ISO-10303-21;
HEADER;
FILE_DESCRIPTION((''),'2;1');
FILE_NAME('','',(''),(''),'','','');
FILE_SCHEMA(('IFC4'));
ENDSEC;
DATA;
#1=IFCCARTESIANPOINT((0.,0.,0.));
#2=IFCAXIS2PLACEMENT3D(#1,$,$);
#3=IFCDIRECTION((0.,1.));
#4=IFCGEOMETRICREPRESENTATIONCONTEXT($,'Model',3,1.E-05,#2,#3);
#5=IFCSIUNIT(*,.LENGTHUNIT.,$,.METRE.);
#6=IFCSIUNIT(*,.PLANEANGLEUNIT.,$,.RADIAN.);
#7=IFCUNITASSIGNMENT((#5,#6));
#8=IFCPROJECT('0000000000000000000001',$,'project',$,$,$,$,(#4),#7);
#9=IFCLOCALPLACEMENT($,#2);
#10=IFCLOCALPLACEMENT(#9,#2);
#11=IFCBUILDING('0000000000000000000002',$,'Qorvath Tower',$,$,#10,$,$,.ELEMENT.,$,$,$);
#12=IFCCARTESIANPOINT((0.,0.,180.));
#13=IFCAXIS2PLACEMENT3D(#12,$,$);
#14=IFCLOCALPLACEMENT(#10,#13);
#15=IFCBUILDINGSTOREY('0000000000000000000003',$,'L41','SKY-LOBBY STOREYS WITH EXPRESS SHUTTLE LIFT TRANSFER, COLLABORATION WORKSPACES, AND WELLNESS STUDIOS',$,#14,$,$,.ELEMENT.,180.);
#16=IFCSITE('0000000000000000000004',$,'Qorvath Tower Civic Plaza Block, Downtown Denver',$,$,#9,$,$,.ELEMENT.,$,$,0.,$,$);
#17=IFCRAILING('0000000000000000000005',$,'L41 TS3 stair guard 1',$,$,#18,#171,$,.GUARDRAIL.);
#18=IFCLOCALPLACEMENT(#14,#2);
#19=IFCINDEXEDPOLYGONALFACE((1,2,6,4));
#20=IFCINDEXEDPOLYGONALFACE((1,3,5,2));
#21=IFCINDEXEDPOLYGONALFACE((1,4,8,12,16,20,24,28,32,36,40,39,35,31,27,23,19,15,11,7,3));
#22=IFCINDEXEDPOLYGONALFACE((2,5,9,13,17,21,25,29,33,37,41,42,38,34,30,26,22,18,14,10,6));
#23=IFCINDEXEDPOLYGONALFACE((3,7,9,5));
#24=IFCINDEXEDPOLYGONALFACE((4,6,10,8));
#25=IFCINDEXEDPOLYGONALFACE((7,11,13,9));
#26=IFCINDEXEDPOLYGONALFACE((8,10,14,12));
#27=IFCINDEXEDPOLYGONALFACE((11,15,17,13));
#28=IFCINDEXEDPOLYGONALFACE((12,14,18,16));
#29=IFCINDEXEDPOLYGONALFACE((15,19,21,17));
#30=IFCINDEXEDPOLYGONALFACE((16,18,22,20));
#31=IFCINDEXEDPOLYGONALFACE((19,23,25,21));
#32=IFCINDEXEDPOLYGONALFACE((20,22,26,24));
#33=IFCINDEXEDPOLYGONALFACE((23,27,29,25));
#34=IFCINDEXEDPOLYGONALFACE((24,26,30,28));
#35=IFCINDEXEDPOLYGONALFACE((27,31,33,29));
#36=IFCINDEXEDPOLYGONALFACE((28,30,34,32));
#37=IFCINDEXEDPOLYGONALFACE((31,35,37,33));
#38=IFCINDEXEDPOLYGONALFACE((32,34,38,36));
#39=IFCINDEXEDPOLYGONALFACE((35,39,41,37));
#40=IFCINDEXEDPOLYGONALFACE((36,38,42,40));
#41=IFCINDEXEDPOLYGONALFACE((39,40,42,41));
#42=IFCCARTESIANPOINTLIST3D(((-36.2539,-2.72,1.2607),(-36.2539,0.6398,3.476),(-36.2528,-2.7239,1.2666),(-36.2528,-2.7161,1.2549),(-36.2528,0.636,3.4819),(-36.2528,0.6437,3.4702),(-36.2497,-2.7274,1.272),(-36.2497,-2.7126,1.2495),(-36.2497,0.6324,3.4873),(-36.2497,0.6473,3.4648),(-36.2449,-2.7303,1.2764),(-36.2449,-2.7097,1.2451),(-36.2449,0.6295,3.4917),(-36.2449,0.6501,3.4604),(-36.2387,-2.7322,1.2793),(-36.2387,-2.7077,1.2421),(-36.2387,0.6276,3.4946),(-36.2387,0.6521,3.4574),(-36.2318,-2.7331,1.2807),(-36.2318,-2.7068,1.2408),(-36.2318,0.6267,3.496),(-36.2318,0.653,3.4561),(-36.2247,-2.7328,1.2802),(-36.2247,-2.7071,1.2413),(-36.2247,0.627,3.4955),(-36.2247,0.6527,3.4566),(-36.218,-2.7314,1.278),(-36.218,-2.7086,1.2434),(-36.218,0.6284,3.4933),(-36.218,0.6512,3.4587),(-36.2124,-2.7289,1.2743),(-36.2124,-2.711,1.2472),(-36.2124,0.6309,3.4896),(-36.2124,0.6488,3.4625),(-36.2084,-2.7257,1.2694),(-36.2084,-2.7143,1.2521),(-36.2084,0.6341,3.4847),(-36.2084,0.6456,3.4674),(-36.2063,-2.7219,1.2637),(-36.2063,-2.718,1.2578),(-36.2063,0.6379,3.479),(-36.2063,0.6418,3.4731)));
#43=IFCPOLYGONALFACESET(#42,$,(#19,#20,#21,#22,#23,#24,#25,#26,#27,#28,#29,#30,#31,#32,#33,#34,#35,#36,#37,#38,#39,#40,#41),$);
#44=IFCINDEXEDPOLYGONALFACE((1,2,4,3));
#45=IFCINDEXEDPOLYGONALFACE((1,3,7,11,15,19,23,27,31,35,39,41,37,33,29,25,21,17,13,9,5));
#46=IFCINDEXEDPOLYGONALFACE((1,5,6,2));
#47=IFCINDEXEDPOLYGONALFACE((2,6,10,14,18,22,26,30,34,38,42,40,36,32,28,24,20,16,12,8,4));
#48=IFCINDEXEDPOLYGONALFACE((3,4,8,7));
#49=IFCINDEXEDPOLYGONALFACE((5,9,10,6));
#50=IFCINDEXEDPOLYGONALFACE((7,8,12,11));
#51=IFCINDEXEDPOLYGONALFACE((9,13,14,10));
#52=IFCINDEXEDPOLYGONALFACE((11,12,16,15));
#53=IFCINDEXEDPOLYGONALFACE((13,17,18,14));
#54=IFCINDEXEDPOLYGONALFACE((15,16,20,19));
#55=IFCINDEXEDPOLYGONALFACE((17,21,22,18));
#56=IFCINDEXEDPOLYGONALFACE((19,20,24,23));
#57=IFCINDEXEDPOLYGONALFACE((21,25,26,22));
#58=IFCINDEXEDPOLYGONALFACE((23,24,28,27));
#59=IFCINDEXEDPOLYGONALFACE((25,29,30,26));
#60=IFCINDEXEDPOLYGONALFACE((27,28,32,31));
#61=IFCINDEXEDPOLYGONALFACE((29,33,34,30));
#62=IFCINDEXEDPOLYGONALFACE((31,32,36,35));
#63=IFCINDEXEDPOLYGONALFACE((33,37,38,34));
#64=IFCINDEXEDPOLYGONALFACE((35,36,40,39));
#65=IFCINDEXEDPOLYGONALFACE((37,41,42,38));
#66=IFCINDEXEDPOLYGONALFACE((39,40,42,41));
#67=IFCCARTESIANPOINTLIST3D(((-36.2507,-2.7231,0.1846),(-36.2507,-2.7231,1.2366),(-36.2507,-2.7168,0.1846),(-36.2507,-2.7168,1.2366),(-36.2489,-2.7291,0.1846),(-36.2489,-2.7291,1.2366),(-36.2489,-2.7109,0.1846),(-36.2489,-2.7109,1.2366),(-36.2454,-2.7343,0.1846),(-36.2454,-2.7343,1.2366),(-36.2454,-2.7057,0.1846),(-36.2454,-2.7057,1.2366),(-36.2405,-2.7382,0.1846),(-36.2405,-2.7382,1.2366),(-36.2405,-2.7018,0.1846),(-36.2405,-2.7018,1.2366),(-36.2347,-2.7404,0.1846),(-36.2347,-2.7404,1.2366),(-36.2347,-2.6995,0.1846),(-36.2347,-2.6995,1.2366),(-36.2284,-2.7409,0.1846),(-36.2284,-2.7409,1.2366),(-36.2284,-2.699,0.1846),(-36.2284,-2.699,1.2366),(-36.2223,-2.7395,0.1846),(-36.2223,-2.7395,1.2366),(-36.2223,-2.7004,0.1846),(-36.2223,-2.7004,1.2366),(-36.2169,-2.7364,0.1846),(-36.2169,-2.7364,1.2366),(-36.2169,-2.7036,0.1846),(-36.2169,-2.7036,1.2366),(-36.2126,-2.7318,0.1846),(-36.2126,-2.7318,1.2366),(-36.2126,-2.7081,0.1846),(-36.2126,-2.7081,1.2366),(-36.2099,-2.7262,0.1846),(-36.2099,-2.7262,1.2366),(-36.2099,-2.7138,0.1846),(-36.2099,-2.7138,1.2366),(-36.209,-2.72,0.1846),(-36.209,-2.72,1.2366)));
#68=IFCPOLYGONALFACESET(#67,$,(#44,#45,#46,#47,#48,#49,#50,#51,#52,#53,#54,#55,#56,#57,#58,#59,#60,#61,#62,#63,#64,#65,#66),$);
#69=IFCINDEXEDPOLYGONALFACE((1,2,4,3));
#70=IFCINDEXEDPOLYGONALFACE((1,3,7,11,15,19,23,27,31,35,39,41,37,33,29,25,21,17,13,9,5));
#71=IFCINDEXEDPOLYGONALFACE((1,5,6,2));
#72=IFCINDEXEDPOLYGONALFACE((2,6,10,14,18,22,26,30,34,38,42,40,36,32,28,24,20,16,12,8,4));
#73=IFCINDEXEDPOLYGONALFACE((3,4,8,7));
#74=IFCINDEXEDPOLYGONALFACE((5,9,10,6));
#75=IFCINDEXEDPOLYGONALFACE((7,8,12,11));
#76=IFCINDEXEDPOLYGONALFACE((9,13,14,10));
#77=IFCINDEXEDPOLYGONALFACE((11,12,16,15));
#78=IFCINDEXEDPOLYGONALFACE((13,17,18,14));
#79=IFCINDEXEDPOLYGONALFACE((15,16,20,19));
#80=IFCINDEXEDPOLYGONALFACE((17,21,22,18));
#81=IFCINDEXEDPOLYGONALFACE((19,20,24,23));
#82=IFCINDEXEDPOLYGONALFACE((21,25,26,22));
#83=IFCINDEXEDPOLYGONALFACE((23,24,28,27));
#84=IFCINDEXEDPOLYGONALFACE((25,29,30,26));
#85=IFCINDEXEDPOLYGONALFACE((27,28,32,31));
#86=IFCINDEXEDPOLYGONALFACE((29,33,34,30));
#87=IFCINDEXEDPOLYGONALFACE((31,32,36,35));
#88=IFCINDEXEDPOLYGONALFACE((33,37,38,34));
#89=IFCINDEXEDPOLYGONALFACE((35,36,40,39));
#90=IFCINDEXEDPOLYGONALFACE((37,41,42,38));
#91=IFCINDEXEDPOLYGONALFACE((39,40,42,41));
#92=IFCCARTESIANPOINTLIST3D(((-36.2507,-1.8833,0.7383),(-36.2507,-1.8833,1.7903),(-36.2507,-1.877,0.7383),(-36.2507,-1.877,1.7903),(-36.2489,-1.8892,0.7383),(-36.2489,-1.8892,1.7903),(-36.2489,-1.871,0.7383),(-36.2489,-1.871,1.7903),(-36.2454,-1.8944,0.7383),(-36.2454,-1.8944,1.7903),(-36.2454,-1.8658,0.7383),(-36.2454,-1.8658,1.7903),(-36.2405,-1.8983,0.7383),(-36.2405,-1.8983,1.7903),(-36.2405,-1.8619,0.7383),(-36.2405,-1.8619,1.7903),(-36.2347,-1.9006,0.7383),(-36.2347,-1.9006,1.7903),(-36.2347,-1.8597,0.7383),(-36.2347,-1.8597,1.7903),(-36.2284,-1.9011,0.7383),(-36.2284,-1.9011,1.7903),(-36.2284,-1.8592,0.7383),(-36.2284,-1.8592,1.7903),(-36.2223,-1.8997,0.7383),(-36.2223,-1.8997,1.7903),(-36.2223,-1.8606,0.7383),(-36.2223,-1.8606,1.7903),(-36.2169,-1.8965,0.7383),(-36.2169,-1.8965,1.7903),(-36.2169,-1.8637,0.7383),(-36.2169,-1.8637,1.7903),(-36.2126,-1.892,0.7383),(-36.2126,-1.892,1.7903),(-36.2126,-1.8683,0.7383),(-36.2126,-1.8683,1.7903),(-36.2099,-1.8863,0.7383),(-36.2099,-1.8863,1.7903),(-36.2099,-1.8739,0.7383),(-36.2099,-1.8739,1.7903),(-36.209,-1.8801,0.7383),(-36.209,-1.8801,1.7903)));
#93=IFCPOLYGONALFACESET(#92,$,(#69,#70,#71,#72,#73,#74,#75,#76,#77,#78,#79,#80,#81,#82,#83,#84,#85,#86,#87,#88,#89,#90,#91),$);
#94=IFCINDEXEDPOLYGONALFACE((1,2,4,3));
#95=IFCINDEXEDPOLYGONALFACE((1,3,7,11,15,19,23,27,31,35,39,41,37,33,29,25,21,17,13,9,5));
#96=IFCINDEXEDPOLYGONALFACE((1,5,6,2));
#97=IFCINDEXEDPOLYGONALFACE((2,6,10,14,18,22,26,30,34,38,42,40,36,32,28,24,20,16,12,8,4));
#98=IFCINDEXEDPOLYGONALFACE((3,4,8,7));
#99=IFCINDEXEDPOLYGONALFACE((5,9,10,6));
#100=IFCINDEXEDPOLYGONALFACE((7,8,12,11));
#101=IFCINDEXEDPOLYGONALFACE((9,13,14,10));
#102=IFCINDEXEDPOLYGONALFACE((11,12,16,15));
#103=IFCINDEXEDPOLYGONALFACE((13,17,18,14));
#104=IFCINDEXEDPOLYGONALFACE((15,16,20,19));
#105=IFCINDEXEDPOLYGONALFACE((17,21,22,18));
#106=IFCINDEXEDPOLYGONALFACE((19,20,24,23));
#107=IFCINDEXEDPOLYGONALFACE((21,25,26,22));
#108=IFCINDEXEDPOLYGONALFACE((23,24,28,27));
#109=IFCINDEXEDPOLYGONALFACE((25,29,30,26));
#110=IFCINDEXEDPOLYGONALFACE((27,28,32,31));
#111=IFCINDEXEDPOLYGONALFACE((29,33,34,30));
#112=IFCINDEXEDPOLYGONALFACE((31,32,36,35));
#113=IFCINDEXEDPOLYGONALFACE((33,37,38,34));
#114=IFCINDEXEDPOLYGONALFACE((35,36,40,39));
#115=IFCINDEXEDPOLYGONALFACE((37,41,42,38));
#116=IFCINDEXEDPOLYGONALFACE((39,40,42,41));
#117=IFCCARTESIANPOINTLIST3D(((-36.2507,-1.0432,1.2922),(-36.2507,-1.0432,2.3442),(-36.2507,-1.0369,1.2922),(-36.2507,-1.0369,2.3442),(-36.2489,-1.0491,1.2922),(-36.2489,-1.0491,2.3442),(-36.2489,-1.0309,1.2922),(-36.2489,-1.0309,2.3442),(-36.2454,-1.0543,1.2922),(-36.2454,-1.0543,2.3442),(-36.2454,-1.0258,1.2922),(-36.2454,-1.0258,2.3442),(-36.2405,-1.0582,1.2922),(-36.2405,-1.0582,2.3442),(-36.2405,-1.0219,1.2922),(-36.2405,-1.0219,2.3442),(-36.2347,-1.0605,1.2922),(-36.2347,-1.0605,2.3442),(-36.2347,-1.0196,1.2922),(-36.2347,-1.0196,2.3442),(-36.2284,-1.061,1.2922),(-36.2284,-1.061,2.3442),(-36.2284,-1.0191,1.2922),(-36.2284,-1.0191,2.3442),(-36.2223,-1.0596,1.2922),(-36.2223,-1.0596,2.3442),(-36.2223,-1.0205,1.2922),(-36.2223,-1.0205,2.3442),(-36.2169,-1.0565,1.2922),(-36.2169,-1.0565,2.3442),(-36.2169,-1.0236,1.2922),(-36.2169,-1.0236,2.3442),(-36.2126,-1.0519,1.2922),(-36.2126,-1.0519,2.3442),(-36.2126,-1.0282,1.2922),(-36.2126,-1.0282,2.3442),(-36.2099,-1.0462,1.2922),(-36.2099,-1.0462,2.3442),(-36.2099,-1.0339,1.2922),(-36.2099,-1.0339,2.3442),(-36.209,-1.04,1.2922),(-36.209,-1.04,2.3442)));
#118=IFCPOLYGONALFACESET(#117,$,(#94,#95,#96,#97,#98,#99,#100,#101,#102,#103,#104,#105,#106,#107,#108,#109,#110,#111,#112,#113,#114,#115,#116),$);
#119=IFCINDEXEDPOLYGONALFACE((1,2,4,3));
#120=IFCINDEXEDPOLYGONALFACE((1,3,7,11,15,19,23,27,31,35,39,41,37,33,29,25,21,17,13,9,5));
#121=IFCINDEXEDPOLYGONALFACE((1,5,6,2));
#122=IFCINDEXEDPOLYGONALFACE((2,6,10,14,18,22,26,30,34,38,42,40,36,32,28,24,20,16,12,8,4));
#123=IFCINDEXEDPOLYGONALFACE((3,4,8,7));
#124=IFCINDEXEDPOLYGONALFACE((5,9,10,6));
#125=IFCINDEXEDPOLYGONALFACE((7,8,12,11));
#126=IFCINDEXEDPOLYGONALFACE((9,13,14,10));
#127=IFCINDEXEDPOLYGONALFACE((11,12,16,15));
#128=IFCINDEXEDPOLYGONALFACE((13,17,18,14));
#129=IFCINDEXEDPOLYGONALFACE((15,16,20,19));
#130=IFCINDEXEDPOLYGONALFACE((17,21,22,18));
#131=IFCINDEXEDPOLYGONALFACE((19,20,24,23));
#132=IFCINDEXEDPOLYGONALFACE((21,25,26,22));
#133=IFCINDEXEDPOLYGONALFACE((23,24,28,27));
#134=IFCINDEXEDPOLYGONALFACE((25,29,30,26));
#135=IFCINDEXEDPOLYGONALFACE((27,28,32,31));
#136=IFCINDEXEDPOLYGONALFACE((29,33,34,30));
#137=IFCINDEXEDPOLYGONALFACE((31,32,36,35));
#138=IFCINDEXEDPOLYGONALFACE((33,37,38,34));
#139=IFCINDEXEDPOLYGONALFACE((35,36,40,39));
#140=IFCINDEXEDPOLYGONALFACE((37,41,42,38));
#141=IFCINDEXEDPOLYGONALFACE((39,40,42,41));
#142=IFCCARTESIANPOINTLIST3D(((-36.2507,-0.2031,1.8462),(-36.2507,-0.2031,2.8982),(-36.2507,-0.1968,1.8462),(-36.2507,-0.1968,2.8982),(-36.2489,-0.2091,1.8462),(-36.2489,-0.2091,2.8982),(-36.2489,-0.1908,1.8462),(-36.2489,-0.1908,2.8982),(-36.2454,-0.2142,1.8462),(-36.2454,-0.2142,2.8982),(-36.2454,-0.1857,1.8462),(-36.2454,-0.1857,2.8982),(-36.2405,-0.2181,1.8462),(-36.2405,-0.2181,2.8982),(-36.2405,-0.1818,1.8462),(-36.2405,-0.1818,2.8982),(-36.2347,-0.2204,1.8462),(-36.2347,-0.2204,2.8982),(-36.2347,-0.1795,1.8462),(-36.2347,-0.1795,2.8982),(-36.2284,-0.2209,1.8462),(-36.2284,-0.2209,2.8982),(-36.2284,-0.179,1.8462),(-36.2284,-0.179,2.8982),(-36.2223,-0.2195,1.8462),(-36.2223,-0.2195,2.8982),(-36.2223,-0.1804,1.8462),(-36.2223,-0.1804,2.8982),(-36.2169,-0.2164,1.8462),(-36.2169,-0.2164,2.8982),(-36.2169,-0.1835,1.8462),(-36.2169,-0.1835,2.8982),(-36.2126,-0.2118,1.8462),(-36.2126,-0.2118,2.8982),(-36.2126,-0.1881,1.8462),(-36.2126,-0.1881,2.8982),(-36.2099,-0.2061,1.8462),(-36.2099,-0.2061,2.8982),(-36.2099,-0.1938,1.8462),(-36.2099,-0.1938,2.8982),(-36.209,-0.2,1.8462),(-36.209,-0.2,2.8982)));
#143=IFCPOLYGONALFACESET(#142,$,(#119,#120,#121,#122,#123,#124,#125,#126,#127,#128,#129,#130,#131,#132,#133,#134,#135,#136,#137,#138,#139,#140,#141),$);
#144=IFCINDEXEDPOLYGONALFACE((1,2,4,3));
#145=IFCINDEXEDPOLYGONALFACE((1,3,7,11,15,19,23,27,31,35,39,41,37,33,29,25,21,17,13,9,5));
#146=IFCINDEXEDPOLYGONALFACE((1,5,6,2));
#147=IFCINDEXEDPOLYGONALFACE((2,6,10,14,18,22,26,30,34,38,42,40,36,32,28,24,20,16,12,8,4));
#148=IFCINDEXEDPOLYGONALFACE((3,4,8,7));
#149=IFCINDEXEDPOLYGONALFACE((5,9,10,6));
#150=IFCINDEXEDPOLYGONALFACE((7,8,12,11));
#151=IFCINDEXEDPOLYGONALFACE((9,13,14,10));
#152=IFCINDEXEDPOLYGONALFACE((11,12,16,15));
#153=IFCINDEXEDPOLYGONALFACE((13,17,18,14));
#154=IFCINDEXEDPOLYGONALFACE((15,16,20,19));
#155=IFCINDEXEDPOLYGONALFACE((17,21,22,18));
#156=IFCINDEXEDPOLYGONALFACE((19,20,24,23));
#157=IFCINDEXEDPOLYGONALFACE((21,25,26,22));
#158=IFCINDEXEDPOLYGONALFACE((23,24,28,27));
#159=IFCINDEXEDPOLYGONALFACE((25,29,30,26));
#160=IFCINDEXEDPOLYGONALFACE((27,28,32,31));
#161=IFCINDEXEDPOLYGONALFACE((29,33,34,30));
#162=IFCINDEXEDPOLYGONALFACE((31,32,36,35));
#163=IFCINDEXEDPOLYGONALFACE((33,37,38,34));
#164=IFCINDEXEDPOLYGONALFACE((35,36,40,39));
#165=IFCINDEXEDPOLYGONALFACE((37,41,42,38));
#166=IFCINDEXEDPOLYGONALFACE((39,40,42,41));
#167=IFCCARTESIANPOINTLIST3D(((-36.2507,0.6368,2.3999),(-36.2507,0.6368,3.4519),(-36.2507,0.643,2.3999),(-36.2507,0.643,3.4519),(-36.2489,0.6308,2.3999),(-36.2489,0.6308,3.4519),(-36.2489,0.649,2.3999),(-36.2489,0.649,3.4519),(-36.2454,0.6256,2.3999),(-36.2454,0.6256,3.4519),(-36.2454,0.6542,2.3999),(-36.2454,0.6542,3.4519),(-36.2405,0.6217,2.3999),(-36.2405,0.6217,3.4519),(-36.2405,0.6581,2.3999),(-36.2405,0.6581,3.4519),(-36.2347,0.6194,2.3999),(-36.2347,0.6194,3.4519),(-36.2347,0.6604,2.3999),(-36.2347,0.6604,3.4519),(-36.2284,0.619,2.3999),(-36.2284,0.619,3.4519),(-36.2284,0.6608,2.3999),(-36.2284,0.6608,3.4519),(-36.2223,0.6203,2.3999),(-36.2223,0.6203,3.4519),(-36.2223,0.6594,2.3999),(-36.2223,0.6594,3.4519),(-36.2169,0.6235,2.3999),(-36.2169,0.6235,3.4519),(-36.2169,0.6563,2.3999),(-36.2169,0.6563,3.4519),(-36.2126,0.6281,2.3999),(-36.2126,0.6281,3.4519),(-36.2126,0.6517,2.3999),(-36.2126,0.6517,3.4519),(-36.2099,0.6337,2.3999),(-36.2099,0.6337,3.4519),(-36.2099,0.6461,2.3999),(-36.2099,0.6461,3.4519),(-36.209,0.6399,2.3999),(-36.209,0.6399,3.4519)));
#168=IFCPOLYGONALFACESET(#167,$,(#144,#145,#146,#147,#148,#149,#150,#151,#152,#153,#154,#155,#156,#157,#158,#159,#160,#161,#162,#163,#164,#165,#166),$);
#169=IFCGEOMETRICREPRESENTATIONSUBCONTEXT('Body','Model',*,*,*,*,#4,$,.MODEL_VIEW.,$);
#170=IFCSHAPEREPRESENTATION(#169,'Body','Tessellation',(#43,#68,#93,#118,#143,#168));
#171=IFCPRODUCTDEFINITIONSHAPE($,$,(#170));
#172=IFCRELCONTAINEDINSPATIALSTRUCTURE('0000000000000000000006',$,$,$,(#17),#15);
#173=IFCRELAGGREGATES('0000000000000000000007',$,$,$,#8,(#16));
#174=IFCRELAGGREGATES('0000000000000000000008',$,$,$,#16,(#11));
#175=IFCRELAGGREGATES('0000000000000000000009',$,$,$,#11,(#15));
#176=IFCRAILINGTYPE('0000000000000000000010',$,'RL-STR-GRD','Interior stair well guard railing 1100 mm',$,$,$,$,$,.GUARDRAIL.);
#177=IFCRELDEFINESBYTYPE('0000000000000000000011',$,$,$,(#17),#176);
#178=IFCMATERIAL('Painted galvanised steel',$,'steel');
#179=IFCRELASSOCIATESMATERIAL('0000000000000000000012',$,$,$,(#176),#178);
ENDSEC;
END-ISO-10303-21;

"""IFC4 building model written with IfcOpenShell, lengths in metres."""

from ifc_helpers import new_model, si_unit, direction, frame, origin, origin_2d, place, context, subcontext, project, spatial, circle, extrude, material, type_object, element, save


model = new_model("IFC4")

# Units and contexts
model_context = context("Model", 3, precision=1e-05, world=origin(), true_north=direction((0.0, 1.0)))
body_context = subcontext(model_context, "Body", "Model", "MODEL_VIEW")
ifc_project = project(units=[si_unit("LENGTHUNIT", "METRE"), si_unit("PLANEANGLEUNIT", "RADIAN")], contexts=[model_context])

# Site, building, storey
site_placement = place(None, origin())
site = spatial("IfcSite", under=ifc_project, at=site_placement, Name="Qorvath Tower Civic Plaza Block, Downtown Denver", CompositionType="ELEMENT", RefElevation=0.0)
building_placement = place(site_placement, origin())
building = spatial("IfcBuilding", under=site, at=building_placement, Name="Qorvath Tower", CompositionType="ELEMENT")
storey_placement = place(building_placement, frame((0.0, 0.0, 180.0)))
storey = spatial("IfcBuildingStorey", under=building, at=storey_placement, Name="L41", Description="SKY-LOBBY STOREYS WITH EXPRESS SHUTTLE LIFT TRANSFER, COLLABORATION WORKSPACES, AND WELLNESS STUDIOS", CompositionType="ELEMENT", Elevation=180.0)

# Railing
ifc_material_1 = material(Name="Painted galvanised steel", Category="steel")
railing_type_1 = type_object("IfcRailingType", Name="RL-STR-GRD", Description="Interior stair well guard railing 1100 mm", PredefinedType="GUARDRAIL", material=ifc_material_1)
railing_1_placement = place(storey_placement, frame((-36.23, -2.72, 0.1846)))
element("IfcRailing", 1, at=railing_1_placement, inside=storey, type_object=railing_type_1, Name="L41 TS3 stair guard 1", PredefinedType="GUARDRAIL", context=body_context, shape_type="SweptSolid", body=[
    extrude(circle(Radius=0.0239, at=origin_2d()), frame((0.0, 0.0, 1.0762), z_axis=(0.0, 0.834858, 0.550465), x_axis=(-1.0, 0.0, 0.0)), (0.0, 0.0, 1.0), 4.0244),
    extrude(circle(Radius=0.021, at=origin_2d()), origin(), (0.0, 0.0, 1.0), 1.052),
    extrude(circle(Radius=0.021, at=origin_2d()), frame((0.0, 0.8398, 0.5537)), (0.0, 0.0, 1.0), 1.052),
    extrude(circle(Radius=0.021, at=origin_2d()), frame((0.0, 1.6799, 1.1077)), (0.0, 0.0, 1.0), 1.052),
    extrude(circle(Radius=0.021, at=origin_2d()), frame((0.0, 2.52, 1.6616)), (0.0, 0.0, 1.0), 1.052),
    extrude(circle(Radius=0.021, at=origin_2d()), frame((0.0, 3.3599, 2.2153)), (0.0, 0.0, 1.0), 1.052),
])

save(model, "model.ifc")
